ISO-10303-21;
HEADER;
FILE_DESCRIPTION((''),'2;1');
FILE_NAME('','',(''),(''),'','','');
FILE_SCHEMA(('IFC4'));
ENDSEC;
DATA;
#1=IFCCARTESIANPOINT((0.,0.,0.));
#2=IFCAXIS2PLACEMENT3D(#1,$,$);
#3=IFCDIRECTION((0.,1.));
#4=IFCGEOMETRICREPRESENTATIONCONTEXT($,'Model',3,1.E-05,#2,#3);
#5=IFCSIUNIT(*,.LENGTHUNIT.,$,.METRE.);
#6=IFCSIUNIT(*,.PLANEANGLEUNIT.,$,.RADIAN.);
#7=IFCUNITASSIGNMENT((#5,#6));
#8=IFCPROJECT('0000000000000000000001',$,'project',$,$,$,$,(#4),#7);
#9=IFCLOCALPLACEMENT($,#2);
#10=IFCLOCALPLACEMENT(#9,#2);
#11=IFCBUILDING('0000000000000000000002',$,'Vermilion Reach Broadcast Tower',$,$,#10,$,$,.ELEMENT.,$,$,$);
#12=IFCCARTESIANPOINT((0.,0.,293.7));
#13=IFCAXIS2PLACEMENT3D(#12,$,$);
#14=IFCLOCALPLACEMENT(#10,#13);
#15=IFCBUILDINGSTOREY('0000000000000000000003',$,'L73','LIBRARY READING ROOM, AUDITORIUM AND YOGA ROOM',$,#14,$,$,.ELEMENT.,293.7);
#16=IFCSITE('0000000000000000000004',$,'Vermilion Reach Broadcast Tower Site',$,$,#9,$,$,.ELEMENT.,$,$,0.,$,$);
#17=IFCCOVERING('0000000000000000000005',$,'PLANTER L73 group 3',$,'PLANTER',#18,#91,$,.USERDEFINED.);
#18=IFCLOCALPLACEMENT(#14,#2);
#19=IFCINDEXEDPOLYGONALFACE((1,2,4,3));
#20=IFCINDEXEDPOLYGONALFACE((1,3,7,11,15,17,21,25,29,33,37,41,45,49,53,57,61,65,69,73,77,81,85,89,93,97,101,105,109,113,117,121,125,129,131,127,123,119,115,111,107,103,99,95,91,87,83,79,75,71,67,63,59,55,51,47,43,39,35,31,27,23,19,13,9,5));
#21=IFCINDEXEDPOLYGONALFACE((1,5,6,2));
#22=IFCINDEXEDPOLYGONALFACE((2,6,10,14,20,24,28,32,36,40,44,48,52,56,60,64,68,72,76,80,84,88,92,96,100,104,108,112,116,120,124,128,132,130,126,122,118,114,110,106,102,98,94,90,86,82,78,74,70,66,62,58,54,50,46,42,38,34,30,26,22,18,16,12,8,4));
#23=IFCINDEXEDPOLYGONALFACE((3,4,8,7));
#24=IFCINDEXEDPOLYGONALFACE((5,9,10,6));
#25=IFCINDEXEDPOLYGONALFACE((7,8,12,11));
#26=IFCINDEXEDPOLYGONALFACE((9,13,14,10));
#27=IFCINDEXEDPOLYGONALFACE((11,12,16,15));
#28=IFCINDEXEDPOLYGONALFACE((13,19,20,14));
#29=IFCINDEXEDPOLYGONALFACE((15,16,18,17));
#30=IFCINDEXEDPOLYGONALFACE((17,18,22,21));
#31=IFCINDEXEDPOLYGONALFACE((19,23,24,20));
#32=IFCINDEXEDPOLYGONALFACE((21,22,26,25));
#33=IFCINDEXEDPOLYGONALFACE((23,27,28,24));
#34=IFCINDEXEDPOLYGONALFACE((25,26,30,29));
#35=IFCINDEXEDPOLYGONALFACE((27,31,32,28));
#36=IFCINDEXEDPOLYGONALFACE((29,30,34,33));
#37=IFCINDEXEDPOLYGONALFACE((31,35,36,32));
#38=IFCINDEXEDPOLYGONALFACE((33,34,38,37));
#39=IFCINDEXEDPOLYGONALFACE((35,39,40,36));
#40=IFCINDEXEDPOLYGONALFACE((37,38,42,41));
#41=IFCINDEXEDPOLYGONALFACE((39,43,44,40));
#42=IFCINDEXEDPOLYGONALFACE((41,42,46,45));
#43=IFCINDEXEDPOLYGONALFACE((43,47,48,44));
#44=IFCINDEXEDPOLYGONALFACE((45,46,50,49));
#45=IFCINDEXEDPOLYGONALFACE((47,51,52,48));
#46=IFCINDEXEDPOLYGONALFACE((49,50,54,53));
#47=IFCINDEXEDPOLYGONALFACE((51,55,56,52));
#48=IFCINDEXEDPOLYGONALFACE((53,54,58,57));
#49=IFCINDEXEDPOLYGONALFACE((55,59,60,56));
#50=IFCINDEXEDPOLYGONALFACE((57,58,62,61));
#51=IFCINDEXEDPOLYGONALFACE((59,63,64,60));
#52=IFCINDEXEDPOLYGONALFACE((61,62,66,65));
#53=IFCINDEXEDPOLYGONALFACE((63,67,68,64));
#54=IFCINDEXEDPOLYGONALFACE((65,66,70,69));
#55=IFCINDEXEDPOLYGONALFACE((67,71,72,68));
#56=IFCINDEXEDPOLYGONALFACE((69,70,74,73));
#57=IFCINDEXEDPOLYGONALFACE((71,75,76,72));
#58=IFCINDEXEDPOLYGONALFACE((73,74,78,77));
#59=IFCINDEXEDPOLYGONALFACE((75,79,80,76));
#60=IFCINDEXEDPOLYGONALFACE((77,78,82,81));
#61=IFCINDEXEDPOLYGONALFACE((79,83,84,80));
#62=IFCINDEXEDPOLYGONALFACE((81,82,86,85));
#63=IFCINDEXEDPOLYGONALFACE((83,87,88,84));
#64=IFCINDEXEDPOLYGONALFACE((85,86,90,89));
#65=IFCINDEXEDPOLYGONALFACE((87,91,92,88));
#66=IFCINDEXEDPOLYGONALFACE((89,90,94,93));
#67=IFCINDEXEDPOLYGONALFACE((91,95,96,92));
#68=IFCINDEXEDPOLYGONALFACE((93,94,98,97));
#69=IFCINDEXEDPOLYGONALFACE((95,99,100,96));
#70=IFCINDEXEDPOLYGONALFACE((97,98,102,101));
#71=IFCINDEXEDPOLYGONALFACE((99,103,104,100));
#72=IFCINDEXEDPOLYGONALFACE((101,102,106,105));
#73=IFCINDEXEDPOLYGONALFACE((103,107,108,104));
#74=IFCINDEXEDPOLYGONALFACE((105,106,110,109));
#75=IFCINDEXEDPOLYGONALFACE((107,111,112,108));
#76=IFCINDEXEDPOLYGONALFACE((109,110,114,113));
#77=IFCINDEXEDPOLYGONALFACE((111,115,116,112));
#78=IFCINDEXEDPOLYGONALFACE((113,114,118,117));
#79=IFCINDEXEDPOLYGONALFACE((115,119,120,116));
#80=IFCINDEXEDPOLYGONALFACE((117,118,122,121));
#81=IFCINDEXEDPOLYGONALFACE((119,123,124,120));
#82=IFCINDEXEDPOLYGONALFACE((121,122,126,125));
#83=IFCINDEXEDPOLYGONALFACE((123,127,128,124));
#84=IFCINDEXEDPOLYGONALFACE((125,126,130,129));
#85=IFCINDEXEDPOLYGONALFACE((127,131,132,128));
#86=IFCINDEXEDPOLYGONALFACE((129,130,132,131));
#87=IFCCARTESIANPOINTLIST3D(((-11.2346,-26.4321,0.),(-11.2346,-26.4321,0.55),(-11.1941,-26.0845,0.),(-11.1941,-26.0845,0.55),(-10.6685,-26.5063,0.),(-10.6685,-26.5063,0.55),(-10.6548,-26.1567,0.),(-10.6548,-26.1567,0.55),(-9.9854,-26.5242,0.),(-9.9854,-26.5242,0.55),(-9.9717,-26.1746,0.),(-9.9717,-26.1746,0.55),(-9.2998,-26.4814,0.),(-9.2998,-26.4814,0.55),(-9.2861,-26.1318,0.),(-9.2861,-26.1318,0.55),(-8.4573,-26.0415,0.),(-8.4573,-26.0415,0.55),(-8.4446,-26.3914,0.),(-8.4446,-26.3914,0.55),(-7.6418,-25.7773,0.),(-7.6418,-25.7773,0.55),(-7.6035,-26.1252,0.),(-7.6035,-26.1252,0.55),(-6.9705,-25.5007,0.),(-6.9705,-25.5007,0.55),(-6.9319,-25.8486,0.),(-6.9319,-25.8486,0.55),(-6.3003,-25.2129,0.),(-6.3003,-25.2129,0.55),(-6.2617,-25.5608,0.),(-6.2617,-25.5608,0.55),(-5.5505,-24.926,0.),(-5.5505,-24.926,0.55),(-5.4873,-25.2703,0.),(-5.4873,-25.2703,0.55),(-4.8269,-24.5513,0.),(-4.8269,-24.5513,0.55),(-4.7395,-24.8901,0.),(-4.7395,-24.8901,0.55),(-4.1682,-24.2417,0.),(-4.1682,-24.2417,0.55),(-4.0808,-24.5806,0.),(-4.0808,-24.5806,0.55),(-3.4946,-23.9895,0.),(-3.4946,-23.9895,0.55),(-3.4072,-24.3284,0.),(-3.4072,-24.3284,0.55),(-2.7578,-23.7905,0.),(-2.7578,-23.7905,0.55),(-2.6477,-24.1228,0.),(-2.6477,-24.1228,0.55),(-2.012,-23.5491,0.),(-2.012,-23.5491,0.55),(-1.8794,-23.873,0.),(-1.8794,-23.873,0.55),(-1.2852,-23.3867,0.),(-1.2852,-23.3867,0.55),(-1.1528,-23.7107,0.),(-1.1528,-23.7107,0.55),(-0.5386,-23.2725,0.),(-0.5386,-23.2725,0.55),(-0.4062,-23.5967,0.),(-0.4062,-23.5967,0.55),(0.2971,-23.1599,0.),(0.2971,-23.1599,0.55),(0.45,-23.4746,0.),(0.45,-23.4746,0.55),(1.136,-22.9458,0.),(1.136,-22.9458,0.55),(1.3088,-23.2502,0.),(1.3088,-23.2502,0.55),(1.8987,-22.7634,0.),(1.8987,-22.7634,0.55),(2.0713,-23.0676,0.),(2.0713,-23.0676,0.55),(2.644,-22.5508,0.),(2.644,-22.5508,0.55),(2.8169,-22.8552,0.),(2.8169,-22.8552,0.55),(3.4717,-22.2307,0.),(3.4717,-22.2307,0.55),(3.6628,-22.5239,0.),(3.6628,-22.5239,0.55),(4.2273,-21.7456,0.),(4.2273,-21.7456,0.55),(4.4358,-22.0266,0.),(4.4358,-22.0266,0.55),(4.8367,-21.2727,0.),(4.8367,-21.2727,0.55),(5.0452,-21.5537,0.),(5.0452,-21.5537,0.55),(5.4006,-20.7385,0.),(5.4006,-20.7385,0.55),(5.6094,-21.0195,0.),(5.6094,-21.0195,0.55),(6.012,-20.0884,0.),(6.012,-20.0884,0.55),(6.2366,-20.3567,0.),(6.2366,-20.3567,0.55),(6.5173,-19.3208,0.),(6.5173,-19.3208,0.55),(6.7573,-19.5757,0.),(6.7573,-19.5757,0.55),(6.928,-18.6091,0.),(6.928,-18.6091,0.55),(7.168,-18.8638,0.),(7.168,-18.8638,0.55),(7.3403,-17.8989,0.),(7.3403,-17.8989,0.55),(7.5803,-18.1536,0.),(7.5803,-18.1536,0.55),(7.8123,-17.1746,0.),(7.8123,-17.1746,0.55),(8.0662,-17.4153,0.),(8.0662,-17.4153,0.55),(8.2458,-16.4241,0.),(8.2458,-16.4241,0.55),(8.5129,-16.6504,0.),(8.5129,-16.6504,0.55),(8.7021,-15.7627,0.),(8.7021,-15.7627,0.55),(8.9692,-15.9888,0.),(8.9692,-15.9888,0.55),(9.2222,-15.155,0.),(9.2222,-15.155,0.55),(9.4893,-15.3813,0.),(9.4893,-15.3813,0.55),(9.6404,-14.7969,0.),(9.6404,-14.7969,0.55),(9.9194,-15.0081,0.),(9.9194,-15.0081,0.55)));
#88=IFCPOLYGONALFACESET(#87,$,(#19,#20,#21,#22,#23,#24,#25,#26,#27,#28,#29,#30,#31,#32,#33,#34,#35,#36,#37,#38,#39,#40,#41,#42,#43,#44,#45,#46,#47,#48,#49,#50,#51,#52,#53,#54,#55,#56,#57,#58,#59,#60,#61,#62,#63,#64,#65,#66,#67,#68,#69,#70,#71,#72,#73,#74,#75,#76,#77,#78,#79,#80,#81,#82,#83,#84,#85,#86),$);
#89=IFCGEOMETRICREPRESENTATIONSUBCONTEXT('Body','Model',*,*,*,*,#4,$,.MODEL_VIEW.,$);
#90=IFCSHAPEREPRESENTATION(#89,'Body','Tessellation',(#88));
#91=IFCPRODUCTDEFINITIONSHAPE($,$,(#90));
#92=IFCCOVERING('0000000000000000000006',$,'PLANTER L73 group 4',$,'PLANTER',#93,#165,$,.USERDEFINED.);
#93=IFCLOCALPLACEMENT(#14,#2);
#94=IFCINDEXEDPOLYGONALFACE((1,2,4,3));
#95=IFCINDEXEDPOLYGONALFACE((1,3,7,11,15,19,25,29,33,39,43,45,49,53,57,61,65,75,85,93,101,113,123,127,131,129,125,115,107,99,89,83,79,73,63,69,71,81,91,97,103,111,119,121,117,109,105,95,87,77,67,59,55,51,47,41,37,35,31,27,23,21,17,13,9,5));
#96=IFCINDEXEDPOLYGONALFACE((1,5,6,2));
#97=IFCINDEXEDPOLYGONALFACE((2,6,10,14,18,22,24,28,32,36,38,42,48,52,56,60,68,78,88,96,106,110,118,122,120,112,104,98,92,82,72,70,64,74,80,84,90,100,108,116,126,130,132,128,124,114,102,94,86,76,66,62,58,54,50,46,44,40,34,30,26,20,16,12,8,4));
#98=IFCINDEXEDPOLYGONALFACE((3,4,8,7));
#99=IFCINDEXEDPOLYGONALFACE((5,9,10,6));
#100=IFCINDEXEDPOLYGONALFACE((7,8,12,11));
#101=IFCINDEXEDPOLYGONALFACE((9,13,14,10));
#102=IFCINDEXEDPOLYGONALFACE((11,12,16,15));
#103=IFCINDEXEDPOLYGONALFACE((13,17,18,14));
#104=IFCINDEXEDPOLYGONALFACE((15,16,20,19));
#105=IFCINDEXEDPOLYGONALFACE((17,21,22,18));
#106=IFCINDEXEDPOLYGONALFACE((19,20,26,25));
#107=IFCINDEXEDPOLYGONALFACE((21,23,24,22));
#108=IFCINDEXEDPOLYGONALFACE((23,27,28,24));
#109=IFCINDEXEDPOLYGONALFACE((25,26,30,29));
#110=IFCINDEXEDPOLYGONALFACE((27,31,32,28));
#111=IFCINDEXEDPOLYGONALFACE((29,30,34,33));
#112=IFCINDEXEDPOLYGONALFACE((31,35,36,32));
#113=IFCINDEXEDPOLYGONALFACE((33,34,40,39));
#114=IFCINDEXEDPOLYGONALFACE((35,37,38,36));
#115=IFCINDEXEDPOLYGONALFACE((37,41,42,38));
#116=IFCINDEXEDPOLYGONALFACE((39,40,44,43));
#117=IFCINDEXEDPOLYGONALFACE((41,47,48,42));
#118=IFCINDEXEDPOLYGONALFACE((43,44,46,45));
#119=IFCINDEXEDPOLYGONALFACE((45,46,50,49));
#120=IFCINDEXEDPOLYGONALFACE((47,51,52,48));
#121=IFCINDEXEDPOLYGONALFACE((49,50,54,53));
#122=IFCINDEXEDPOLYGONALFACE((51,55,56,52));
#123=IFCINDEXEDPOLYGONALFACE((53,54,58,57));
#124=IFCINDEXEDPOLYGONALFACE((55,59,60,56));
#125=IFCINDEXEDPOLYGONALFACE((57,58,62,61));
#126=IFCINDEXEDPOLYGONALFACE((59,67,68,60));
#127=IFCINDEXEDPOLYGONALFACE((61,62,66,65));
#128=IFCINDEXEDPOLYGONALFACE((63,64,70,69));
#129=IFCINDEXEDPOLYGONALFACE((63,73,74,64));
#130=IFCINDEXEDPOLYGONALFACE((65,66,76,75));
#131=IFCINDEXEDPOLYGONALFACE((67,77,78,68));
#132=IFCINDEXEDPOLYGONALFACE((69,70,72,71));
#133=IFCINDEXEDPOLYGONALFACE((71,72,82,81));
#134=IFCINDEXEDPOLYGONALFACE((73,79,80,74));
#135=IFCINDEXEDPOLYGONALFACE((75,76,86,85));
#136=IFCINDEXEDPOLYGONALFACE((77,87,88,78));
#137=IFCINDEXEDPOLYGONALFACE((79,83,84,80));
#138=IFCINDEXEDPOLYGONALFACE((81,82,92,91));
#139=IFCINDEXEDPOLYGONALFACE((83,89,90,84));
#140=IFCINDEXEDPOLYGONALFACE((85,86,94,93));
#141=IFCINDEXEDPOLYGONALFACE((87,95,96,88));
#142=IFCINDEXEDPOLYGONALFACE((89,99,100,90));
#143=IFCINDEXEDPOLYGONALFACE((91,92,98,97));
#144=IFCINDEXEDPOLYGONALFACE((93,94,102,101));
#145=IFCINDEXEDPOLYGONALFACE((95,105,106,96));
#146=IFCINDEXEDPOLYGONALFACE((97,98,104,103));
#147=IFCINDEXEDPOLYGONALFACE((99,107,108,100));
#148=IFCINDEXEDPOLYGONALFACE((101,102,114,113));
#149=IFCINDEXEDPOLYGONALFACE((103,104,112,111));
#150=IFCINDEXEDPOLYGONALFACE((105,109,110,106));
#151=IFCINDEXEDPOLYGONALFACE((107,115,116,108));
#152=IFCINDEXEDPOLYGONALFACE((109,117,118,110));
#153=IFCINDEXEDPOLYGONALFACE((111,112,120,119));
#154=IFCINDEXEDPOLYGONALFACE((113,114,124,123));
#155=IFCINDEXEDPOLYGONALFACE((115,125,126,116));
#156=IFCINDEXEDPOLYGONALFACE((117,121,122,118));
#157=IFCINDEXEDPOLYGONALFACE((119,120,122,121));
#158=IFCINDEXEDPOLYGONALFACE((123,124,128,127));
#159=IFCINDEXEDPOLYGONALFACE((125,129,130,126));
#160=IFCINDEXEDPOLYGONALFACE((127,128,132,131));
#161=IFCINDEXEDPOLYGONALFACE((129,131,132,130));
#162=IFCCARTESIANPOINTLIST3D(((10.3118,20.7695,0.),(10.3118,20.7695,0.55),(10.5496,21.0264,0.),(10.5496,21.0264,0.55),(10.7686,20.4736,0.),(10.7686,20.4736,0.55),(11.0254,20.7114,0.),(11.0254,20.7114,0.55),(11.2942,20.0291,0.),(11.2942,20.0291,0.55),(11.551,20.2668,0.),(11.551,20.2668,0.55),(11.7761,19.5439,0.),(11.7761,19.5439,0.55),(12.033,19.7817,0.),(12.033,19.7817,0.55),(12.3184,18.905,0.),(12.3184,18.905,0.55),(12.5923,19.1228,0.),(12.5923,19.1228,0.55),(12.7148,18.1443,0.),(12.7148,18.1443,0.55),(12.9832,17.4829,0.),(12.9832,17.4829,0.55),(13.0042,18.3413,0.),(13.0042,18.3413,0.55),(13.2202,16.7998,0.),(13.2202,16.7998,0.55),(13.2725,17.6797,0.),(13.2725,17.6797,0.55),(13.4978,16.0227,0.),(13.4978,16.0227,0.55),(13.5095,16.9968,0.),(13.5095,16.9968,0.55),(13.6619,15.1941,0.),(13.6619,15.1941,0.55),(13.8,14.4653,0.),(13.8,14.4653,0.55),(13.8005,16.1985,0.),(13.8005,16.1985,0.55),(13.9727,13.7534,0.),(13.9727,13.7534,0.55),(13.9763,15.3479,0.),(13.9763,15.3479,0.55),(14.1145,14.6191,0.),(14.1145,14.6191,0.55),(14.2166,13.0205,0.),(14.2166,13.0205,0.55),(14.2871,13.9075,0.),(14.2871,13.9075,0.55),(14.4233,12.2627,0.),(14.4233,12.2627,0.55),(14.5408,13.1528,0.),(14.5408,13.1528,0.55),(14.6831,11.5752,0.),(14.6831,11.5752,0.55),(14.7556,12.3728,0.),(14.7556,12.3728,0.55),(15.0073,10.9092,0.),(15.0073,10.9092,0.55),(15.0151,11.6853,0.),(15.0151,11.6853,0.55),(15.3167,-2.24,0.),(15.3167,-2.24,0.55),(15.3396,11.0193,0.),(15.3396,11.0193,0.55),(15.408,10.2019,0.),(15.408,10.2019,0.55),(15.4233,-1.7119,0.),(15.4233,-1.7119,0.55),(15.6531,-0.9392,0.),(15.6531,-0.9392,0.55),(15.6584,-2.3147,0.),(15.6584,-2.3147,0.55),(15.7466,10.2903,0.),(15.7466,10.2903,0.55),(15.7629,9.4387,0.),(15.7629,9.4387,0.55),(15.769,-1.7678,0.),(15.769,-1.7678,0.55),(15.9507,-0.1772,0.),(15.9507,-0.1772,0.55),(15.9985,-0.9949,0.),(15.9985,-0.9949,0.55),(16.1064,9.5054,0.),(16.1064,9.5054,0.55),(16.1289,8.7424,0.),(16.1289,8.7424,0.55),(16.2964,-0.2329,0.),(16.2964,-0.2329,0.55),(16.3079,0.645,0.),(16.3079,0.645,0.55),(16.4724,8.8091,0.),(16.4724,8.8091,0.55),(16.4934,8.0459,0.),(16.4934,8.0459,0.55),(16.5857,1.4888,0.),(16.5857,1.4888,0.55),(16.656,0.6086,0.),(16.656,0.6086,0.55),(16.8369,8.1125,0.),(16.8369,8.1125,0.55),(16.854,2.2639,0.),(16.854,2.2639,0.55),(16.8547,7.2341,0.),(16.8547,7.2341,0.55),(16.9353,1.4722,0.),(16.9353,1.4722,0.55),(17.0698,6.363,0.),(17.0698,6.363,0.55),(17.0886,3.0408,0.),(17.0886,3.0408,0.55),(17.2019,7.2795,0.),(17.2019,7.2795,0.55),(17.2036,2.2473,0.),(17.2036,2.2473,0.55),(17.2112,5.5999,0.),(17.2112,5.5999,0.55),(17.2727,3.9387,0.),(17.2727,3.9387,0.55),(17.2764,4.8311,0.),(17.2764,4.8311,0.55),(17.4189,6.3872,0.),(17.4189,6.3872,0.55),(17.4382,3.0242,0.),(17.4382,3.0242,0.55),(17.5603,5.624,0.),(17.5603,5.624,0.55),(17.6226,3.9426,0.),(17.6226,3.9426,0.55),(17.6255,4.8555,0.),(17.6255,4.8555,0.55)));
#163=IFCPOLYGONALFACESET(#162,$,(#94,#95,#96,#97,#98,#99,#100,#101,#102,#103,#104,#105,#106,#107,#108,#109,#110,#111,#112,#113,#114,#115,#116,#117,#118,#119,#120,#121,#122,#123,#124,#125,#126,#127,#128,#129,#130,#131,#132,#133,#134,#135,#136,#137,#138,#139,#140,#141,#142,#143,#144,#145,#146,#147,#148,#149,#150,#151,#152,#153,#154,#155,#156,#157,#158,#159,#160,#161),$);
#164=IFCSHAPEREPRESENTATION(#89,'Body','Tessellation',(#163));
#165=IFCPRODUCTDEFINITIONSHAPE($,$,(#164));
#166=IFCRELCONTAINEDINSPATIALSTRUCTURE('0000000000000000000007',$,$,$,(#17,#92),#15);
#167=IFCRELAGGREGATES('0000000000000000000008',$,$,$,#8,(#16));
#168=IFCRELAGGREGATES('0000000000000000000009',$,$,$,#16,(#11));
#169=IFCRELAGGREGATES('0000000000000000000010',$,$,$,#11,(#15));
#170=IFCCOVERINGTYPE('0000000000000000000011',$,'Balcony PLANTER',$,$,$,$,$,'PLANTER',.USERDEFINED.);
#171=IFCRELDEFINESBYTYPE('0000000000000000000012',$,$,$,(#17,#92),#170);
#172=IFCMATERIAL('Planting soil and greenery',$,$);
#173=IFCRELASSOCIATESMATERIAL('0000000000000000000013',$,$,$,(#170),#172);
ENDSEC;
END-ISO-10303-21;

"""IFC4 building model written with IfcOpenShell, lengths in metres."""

from ifc_helpers import new_model, si_unit, direction, frame, origin, place, context, subcontext, project, spatial, polyline, outline, extrude, material, type_object, element, save


model = new_model("IFC4")

# Units and contexts
model_context = context("Model", 3, precision=1e-05, world=origin(), true_north=direction((0.0, 1.0)))
body_context = subcontext(model_context, "Body", "Model", "MODEL_VIEW")
ifc_project = project(units=[si_unit("LENGTHUNIT", "METRE"), si_unit("PLANEANGLEUNIT", "RADIAN")], contexts=[model_context])

# Site, building, storey
site_placement = place(None, origin())
site = spatial("IfcSite", under=ifc_project, at=site_placement, Name="Vermilion Reach Broadcast Tower Site", CompositionType="ELEMENT", RefElevation=0.0)
building_placement = place(site_placement, origin())
building = spatial("IfcBuilding", under=site, at=building_placement, Name="Vermilion Reach Broadcast Tower", CompositionType="ELEMENT")
storey_placement = place(building_placement, frame((0.0, 0.0, 293.7)))
storey = spatial("IfcBuildingStorey", under=building, at=storey_placement, Name="L73", Description="LIBRARY READING ROOM, AUDITORIUM AND YOGA ROOM", CompositionType="ELEMENT", Elevation=293.7)

# Shared definitions
placement_1 = place(storey_placement, origin())

# Coverings
ifc_material_1 = material(Name="Planting soil and greenery")
covering_type = type_object("IfcCoveringType", Name="Balcony PLANTER", ElementType="PLANTER", PredefinedType="USERDEFINED", material=ifc_material_1)
element("IfcCovering", 1, at=placement_1, inside=storey, type_object=covering_type, Name="PLANTER L73 group 3", ObjectType="PLANTER", PredefinedType="USERDEFINED", context=body_context, shape_type="SweptSolid", body=[
    extrude(outline(polyline([(-11.2346, -26.4321), (-10.6685, -26.5063), (-9.9854, -26.5242), (-9.2998, -26.4814), (-8.4446, -26.3914), (-7.6035, -26.1252), (-6.9319, -25.8486), (-6.2617, -25.5608), (-5.4873, -25.2703), (-4.7395, -24.8901), (-4.0808, -24.5806), (-3.4072, -24.3284), (-2.6477, -24.1228), (-1.8794, -23.873), (-1.1528, -23.7107), (-0.4062, -23.5967), (0.45, -23.4746), (1.3088, -23.2502), (2.0713, -23.0676), (2.8169, -22.8552), (3.6628, -22.5239), (4.4358, -22.0266), (5.0452, -21.5537), (5.6094, -21.0195), (6.2366, -20.3567), (6.7573, -19.5757), (7.168, -18.8638), (7.5803, -18.1536), (8.0662, -17.4153), (8.5129, -16.6504), (8.9692, -15.9888), (9.4893, -15.3813), (9.9194, -15.0081), (9.6404, -14.7969), (9.2222, -15.155), (8.7021, -15.7627), (8.2458, -16.4241), (7.8123, -17.1746), (7.3403, -17.8989), (6.928, -18.6091), (6.5173, -19.3208), (6.012, -20.0884), (5.4006, -20.7385), (4.8367, -21.2727), (4.2273, -21.7456), (3.4717, -22.2307), (2.644, -22.5508), (1.8987, -22.7634), (1.136, -22.9458), (0.2971, -23.1599), (-0.5386, -23.2725), (-1.2852, -23.3867), (-2.012, -23.5491), (-2.7578, -23.7905), (-3.4946, -23.9895), (-4.1682, -24.2417), (-4.8269, -24.5513), (-5.5505, -24.926), (-6.3003, -25.2129), (-6.9705, -25.5007), (-7.6418, -25.7773), (-8.4573, -26.0415), (-9.2861, -26.1318), (-9.9717, -26.1746), (-10.6548, -26.1567), (-11.1941, -26.0845), (-11.2346, -26.4321)])), origin(), (0.0, 0.0, 1.0), 0.55),
])
element("IfcCovering", 2, at=placement_1, inside=storey, type_object=covering_type, Name="PLANTER L73 group 4", ObjectType="PLANTER", PredefinedType="USERDEFINED", context=body_context, shape_type="SweptSolid", body=[
    extrude(outline(polyline([(15.6584, -2.3147), (15.769, -1.7678), (15.9985, -0.9949), (16.2964, -0.2329), (16.656, 0.6086), (16.9353, 1.4722), (17.2036, 2.2473), (17.4382, 3.0242), (17.6226, 3.9426), (17.6255, 4.8555), (17.5603, 5.624), (17.4189, 6.3872), (17.2019, 7.2795), (16.8369, 8.1125), (16.4724, 8.8091), (16.1064, 9.5054), (15.7466, 10.2903), (15.3396, 11.0193), (15.0151, 11.6853), (14.7556, 12.3728), (14.5408, 13.1528), (14.2871, 13.9075), (14.1145, 14.6191), (13.9763, 15.3479), (13.8005, 16.1985), (13.5095, 16.9968), (13.2725, 17.6797), (13.0042, 18.3413), (12.5923, 19.1228), (12.033, 19.7817), (11.551, 20.2668), (11.0254, 20.7114), (10.5496, 21.0264), (10.3118, 20.7695), (10.7686, 20.4736), (11.2942, 20.0291), (11.7761, 19.5439), (12.3184, 18.905), (12.7148, 18.1443), (12.9832, 17.4829), (13.2202, 16.7998), (13.4978, 16.0227), (13.6619, 15.1941), (13.8, 14.4653), (13.9727, 13.7534), (14.2166, 13.0205), (14.4233, 12.2627), (14.6831, 11.5752), (15.0073, 10.9092), (15.408, 10.2019), (15.7629, 9.4387), (16.1289, 8.7424), (16.4934, 8.0459), (16.8547, 7.2341), (17.0698, 6.363), (17.2112, 5.5999), (17.2764, 4.8311), (17.2727, 3.9387), (17.0886, 3.0408), (16.854, 2.2639), (16.5857, 1.4888), (16.3079, 0.645), (15.9507, -0.1772), (15.6531, -0.9392), (15.4233, -1.7119), (15.3167, -2.24), (15.6584, -2.3147)])), origin(), (0.0, 0.0, 1.0), 0.55),
])

save(model, "model.ifc")
